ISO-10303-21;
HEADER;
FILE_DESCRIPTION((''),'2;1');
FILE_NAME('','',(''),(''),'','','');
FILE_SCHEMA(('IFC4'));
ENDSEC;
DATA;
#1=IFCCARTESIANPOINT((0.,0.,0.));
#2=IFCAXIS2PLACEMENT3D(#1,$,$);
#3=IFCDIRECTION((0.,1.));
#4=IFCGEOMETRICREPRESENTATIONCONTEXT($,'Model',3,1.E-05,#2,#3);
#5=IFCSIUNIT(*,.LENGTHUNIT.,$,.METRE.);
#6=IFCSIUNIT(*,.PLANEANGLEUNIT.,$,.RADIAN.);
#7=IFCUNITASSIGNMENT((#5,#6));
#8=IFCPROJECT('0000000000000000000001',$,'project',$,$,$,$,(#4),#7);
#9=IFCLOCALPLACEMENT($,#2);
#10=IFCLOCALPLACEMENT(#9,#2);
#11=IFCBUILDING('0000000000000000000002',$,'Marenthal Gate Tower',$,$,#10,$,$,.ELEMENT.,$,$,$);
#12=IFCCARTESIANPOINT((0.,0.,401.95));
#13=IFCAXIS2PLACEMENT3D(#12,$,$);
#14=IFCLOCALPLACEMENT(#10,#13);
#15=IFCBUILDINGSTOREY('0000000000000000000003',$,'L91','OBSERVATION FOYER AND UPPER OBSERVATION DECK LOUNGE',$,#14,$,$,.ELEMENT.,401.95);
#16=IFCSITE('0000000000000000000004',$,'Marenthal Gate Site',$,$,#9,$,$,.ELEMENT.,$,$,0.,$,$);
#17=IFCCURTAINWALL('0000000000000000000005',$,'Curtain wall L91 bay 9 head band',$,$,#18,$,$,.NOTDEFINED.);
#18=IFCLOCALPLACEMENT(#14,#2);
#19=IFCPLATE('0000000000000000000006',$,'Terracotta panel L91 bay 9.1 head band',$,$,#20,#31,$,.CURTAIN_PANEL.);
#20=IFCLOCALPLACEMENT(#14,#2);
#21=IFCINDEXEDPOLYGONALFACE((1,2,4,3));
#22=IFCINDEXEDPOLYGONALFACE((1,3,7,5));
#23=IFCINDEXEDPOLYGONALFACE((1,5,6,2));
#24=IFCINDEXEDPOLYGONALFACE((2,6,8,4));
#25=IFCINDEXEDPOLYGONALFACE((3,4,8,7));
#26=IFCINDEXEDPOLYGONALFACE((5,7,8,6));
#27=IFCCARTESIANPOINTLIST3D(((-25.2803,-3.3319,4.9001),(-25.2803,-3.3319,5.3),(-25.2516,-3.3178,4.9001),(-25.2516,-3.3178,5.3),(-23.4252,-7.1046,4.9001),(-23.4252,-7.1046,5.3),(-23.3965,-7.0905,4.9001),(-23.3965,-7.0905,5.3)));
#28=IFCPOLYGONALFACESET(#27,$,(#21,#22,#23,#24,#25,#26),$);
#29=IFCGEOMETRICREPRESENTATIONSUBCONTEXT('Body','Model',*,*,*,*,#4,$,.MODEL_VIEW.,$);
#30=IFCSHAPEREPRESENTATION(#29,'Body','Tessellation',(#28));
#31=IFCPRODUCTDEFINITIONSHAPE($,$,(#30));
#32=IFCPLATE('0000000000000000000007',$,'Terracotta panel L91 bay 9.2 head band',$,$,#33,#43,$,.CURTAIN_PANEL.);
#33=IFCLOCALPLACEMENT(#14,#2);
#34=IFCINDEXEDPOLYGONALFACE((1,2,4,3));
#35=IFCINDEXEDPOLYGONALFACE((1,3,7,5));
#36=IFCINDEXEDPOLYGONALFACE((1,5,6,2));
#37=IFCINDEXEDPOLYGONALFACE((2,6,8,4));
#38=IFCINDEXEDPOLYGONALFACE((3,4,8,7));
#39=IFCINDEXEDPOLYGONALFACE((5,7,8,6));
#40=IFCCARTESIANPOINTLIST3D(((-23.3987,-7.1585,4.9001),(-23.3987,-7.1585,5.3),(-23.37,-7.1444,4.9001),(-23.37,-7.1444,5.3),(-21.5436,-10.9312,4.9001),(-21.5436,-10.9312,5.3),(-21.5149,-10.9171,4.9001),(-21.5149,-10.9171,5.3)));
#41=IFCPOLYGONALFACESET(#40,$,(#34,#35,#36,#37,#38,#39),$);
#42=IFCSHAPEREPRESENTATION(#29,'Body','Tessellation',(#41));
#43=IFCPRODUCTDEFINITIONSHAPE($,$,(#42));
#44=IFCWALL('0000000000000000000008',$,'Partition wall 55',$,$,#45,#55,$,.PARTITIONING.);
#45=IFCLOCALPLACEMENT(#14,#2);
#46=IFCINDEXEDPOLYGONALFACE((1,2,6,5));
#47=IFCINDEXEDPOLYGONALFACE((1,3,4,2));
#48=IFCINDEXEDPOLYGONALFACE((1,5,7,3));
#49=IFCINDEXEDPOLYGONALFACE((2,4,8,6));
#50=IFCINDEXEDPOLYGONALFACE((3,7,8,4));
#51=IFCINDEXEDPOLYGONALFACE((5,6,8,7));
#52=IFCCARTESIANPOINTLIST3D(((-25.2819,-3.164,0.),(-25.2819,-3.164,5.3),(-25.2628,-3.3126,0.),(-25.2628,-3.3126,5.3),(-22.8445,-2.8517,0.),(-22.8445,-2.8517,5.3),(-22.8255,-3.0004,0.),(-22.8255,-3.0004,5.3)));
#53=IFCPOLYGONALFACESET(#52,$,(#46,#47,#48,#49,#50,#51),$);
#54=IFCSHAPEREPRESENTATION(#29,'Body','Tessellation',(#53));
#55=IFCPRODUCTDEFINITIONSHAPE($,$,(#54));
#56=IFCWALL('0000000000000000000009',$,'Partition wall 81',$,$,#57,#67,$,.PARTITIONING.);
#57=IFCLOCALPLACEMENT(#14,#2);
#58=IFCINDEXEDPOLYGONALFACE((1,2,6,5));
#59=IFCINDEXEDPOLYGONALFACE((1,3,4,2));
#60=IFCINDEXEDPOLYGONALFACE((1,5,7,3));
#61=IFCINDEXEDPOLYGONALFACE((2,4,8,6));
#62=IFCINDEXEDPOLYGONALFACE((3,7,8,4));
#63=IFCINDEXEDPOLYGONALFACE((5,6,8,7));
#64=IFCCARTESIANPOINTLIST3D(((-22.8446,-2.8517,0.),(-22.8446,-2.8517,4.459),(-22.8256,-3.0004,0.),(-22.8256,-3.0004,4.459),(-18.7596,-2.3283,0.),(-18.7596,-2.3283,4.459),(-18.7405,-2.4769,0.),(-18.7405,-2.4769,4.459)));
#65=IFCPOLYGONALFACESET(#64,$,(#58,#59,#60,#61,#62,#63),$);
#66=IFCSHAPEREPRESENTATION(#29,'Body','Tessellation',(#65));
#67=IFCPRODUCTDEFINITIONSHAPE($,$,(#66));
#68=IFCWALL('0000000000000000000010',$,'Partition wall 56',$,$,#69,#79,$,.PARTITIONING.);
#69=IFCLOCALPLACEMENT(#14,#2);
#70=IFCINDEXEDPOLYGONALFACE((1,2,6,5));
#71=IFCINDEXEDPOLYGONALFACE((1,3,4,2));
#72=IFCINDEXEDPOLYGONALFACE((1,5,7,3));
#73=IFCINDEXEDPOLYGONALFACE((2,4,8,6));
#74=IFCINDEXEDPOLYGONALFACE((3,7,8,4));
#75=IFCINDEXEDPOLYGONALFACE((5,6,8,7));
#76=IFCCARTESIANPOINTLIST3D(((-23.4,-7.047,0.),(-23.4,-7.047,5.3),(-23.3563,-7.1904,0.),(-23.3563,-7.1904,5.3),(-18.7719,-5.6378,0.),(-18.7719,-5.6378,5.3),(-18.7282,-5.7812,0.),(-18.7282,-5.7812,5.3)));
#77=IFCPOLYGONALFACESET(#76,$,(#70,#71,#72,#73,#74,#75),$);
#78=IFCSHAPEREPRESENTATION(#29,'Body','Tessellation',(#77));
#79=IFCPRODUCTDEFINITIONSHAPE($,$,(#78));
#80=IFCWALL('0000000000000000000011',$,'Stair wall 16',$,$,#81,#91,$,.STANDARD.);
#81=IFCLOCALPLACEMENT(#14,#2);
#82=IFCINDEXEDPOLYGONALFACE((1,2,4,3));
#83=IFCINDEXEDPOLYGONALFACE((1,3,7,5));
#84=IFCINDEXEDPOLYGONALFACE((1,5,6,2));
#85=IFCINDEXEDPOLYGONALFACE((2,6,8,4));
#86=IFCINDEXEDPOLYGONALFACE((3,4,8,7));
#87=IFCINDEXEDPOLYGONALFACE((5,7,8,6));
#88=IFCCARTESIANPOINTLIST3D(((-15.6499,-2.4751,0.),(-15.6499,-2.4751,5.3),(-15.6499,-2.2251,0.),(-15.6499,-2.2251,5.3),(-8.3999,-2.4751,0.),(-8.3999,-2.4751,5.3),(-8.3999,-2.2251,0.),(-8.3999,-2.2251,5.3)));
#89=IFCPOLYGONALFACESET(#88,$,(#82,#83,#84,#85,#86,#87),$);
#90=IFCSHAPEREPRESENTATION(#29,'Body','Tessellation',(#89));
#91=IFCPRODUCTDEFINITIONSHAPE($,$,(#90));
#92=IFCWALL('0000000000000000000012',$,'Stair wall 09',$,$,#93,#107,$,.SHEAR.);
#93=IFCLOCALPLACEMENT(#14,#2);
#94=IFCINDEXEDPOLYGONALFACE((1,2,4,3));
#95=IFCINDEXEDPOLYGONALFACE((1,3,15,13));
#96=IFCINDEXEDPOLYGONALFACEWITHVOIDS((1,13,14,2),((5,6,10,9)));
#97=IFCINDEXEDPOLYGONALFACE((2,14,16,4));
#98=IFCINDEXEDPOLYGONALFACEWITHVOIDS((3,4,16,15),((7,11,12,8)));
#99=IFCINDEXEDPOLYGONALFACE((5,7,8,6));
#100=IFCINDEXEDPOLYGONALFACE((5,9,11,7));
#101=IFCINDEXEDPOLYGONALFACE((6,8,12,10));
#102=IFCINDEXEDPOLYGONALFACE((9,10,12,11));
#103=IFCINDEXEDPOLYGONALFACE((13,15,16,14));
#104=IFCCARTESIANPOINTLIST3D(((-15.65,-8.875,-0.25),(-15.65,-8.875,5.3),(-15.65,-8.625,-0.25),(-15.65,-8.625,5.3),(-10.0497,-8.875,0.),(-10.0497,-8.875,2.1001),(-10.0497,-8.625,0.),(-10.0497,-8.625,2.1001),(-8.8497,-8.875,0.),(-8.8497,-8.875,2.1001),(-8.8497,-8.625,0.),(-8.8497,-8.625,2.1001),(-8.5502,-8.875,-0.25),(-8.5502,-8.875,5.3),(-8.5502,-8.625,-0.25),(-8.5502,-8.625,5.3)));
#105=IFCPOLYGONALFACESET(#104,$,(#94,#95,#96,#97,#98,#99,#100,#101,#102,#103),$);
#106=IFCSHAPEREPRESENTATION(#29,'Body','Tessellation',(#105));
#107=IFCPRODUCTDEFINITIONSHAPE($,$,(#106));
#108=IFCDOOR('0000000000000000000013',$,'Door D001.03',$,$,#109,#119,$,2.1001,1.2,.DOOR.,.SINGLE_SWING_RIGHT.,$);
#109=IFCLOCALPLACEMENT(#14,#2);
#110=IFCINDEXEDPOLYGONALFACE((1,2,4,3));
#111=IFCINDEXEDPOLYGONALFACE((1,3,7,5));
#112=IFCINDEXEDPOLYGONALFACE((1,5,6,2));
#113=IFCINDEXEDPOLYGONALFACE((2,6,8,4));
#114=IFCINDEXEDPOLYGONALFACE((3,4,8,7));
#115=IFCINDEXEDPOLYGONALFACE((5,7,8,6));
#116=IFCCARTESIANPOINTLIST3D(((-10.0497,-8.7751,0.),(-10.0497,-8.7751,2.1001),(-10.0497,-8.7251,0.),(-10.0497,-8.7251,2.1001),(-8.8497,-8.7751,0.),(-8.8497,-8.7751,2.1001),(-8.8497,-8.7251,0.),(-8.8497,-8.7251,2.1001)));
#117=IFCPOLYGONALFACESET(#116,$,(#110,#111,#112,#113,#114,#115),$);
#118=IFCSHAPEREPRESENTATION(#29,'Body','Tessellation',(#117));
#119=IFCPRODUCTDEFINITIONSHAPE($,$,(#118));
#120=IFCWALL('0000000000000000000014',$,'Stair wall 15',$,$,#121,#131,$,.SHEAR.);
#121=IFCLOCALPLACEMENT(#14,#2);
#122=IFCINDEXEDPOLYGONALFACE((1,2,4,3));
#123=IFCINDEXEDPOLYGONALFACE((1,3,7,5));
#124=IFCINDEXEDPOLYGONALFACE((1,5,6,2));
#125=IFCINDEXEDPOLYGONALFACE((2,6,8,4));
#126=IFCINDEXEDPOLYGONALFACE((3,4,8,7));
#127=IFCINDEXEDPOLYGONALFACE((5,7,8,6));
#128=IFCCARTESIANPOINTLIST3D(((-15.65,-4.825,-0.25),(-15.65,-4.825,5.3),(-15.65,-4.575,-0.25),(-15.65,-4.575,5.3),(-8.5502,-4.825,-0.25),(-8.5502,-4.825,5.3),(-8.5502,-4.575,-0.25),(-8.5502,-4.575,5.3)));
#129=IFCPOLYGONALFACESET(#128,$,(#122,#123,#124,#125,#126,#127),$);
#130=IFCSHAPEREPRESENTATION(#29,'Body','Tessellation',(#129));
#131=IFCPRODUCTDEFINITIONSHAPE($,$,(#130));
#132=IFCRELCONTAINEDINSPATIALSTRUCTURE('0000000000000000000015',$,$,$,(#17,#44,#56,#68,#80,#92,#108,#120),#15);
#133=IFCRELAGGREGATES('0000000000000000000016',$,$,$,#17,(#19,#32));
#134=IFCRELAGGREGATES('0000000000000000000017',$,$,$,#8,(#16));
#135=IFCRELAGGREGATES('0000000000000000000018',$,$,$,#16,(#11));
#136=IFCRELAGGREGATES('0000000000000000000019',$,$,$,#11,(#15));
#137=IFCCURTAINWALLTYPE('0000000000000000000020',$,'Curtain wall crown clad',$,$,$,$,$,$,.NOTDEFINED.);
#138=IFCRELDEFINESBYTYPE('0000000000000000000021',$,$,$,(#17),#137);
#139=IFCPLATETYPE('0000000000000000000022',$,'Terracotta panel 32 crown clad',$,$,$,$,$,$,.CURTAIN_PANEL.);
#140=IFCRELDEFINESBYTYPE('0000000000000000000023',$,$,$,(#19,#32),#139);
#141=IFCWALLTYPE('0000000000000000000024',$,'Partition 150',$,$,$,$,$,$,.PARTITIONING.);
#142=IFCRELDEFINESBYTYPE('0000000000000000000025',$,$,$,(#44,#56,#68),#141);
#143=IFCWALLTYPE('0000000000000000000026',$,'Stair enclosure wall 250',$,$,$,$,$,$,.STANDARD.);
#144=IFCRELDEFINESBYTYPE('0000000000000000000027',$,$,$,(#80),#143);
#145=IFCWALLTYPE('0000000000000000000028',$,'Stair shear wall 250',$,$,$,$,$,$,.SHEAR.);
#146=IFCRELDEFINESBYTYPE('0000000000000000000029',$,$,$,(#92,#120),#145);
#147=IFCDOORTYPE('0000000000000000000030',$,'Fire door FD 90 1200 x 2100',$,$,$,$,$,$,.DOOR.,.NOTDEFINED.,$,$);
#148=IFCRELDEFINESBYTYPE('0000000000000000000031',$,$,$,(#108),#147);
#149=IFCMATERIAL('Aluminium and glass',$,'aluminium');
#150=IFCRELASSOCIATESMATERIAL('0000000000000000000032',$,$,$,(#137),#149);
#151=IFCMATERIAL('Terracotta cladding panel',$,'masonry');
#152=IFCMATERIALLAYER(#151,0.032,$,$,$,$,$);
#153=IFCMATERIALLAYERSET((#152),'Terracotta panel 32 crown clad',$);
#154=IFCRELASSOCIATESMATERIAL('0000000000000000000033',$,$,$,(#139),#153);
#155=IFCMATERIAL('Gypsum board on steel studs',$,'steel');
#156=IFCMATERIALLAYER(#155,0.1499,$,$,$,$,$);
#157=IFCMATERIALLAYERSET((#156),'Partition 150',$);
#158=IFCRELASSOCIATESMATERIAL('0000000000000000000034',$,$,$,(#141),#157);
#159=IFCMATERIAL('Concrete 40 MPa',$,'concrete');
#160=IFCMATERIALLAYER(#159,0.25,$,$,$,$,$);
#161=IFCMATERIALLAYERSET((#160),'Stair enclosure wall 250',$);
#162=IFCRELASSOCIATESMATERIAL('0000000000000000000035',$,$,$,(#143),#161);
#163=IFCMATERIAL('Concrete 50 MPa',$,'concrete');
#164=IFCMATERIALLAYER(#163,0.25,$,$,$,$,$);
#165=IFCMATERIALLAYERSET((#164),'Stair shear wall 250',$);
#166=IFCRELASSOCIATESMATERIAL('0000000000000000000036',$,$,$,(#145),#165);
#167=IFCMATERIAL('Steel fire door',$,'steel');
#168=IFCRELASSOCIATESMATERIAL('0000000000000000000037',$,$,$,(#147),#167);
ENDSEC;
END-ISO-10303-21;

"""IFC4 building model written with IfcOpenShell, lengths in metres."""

from ifc_helpers import new_model, si_unit, direction, frame, frame_2d, origin, origin_2d, place, context, subcontext, project, spatial, rectangle, extrude, material, layer, layer_set, type_object, element, fill, aggregate, save


model = new_model("IFC4")

# Units and contexts
model_context = context("Model", 3, precision=1e-05, world=origin(), true_north=direction((0.0, 1.0)))
body_context = subcontext(model_context, "Body", "Model", "MODEL_VIEW")
ifc_project = project(units=[si_unit("LENGTHUNIT", "METRE"), si_unit("PLANEANGLEUNIT", "RADIAN")], contexts=[model_context])

# Site, building, storey
site_placement = place(None, origin())
site = spatial("IfcSite", under=ifc_project, at=site_placement, Name="Marenthal Gate Site", CompositionType="ELEMENT", RefElevation=0.0)
building_placement = place(site_placement, origin())
building = spatial("IfcBuilding", under=site, at=building_placement, Name="Marenthal Gate Tower", CompositionType="ELEMENT")
storey_placement = place(building_placement, frame((0.0, 0.0, 401.95)))
storey = spatial("IfcBuildingStorey", under=building, at=storey_placement, Name="L91", Description="OBSERVATION FOYER AND UPPER OBSERVATION DECK LOUNGE", CompositionType="ELEMENT", Elevation=401.95)

# Shared definitions
ifc_material_1 = material(Name="Aluminium and glass", Category="aluminium")
curtain_wall_type_1 = type_object("IfcCurtainWallType", Name="Curtain wall crown clad", PredefinedType="NOTDEFINED", material=ifc_material_1)

# Curtain wall
curtain_wall_1_placement = place(storey_placement, origin())
curtain_wall_1 = element("IfcCurtainWall", 1, at=curtain_wall_1_placement, inside=storey, type_object=curtain_wall_type_1, Name="Curtain wall L91 bay 9 head band", PredefinedType="NOTDEFINED")

# Plates
ifc_material_2 = material(Name="Terracotta cladding panel", Category="masonry")
ifc_layer_1 = layer(ifc_material_2, 0.032)
ifc_layer_set_1 = layer_set([ifc_layer_1], Name="Terracotta panel 32 crown clad")
plate_type_1 = type_object("IfcPlateType", Name="Terracotta panel 32 crown clad", PredefinedType="CURTAIN_PANEL", material=ifc_layer_set_1)
plate_1_placement = place(storey_placement, frame((-24.3384, -5.2112, 4.9001), z_axis=(0.0, 0.0, 1.0), x_axis=(0.441247, -0.897386, 0.0)))
plate_1 = element("IfcPlate", 2, at=plate_1_placement, type_object=plate_type_1, Name="Terracotta panel L91 bay 9.1 head band", PredefinedType="CURTAIN_PANEL", context=body_context, shape_type="SweptSolid", body=[
    extrude(rectangle(XDim=4.2041, YDim=0.032, at=origin_2d()), origin(), (0.0, 0.0, 1.0), 0.3999),
])
plate_2_placement = place(storey_placement, frame((-22.4568, -9.0378, 4.9001), z_axis=(0.0, 0.0, 1.0), x_axis=(0.441247, -0.897386, 0.0)))
plate_2 = element("IfcPlate", 3, at=plate_2_placement, type_object=plate_type_1, Name="Terracotta panel L91 bay 9.2 head band", PredefinedType="CURTAIN_PANEL", context=body_context, shape_type="SweptSolid", body=[
    extrude(rectangle(XDim=4.2041, YDim=0.032, at=origin_2d()), origin(), (0.0, 0.0, 1.0), 0.3999),
])
aggregate(curtain_wall_1, [plate_1, plate_2])

# Walls
ifc_material_3 = material(Name="Gypsum board on steel studs", Category="steel")
ifc_layer_2 = layer(ifc_material_3, 0.1499)
ifc_layer_set_2 = layer_set([ifc_layer_2], Name="Partition 150")
wall_type_1 = type_object("IfcWallType", Name="Partition 150", PredefinedType="PARTITIONING", material=ifc_layer_set_2)
wall_1_placement = place(storey_placement, frame((-25.2722, -3.2383, 0.0), z_axis=(0.0, 0.0, 1.0), x_axis=(0.991893, 0.127079, 0.0)))
element("IfcWall", 4, at=wall_1_placement, inside=storey, type_object=wall_type_1, Name="Partition wall 55", PredefinedType="PARTITIONING", context=body_context, shape_type="SweptSolid", body=[
    extrude(rectangle(XDim=2.4573, YDim=0.1499, at=frame_2d((1.2285, 0.0))), origin(), (0.0, 0.0, 1.0), 5.3),
])
wall_2_placement = place(storey_placement, frame((-22.835, -2.926, 0.0), z_axis=(0.0, 0.0, 1.0), x_axis=(0.99189, 0.127099, 0.0)))
element("IfcWall", 5, at=wall_2_placement, inside=storey, type_object=wall_type_1, Name="Partition wall 81", PredefinedType="PARTITIONING", context=body_context, shape_type="SweptSolid", body=[
    extrude(rectangle(XDim=4.1184, YDim=0.1499, at=frame_2d((2.0591, 0.0))), origin(), (0.0, 0.0, 1.0), 4.459),
])
wall_3_placement = place(storey_placement, frame((-23.3782, -7.1187, 0.0), z_axis=(0.0, 0.0, 1.0), x_axis=(0.956639, 0.291276, 0.0)))
element("IfcWall", 6, at=wall_3_placement, inside=storey, type_object=wall_type_1, Name="Partition wall 56", PredefinedType="PARTITIONING", context=body_context, shape_type="SweptSolid", body=[
    extrude(rectangle(XDim=4.8379, YDim=0.1499, at=frame_2d((2.4189, 0.0))), origin(), (0.0, 0.0, 1.0), 5.3),
])
ifc_material_4 = material(Name="Concrete 40 MPa", Category="concrete")
ifc_layer_3 = layer(ifc_material_4, 0.25)
ifc_layer_set_3 = layer_set([ifc_layer_3], Name="Stair enclosure wall 250")
wall_type_2 = type_object("IfcWallType", Name="Stair enclosure wall 250", PredefinedType="STANDARD", material=ifc_layer_set_3)
wall_4_placement = place(storey_placement, frame((-15.6499, -2.3501, 0.0), z_axis=(0.0, 0.0, 1.0), x_axis=(1.0, 0.0, 0.0)))
element("IfcWall", 7, at=wall_4_placement, inside=storey, type_object=wall_type_2, Name="Stair wall 16", PredefinedType="STANDARD", context=body_context, shape_type="SweptSolid", body=[
    extrude(rectangle(XDim=7.25, YDim=0.25, at=frame_2d((3.625, 0.0))), origin(), (0.0, 0.0, 1.0), 5.3),
])

# Wall, opening, door
ifc_material_5 = material(Name="Concrete 50 MPa", Category="concrete")
ifc_layer_4 = layer(ifc_material_5, 0.25)
ifc_layer_set_4 = layer_set([ifc_layer_4], Name="Stair shear wall 250")
wall_type_3 = type_object("IfcWallType", Name="Stair shear wall 250", PredefinedType="SHEAR", material=ifc_layer_set_4)
wall_5_placement = place(storey_placement, frame((-15.6499, -8.75, -0.25), z_axis=(0.0, 0.0, 1.0), x_axis=(1.0, 0.0, 0.0)))
wall_5 = element("IfcWall", 8, at=wall_5_placement, inside=storey, type_object=wall_type_3, Name="Stair wall 09", PredefinedType="SHEAR", context=body_context, shape_type="SweptSolid", body=[
    extrude(rectangle(XDim=7.0999, YDim=0.25, at=frame_2d((3.5498, 0.0))), origin(), (0.0, 0.0, 1.0), 5.55),
])
opening_placement = place(wall_5_placement, frame((5.6001, 0.0, 0.25)))
opening = element("IfcOpeningElement", 9, at=opening_placement, cuts=wall_5, PredefinedType="OPENING", context=body_context, shape_type="SweptSolid", body=[
    extrude(rectangle(XDim=1.2, YDim=2.1001, at=frame_2d((0.6001, 1.05))), frame((0.0, 0.135, 0.0), z_axis=(0.0, -1.0, 0.0), x_axis=(1.0, 0.0, 0.0)), (0.0, 0.0, 1.0), 0.27),
])
ifc_material_6 = material(Name="Steel fire door", Category="steel")
door_type = type_object("IfcDoorType", Name="Fire door FD 90 1200 x 2100", OperationType="NOTDEFINED", PredefinedType="DOOR", material=ifc_material_6)
door_placement = place(opening_placement, origin())
door = element("IfcDoor", 10, at=door_placement, inside=storey, type_object=door_type, Name="Door D001.03", OperationType="SINGLE_SWING_RIGHT", OverallHeight=2.1001, OverallWidth=1.2, PredefinedType="DOOR", context=body_context, shape_type="SweptSolid", body=[
    extrude(rectangle(XDim=1.2, YDim=2.1001, at=frame_2d((0.6001, 1.05))), frame((0.0, 0.0249, 0.0), z_axis=(0.0, -1.0, 0.0), x_axis=(1.0, 0.0, 0.0)), (0.0, 0.0, 1.0), 0.05),
])
fill(opening, door)

# Wall
wall_6_placement = place(storey_placement, frame((-15.6499, -4.7, -0.25), z_axis=(0.0, 0.0, 1.0), x_axis=(1.0, 0.0, 0.0)))
element("IfcWall", 11, at=wall_6_placement, inside=storey, type_object=wall_type_3, Name="Stair wall 15", PredefinedType="SHEAR", context=body_context, shape_type="SweptSolid", body=[
    extrude(rectangle(XDim=7.0999, YDim=0.25, at=frame_2d((3.5498, 0.0))), origin(), (0.0, 0.0, 1.0), 5.55),
])

save(model, "model.ifc")
